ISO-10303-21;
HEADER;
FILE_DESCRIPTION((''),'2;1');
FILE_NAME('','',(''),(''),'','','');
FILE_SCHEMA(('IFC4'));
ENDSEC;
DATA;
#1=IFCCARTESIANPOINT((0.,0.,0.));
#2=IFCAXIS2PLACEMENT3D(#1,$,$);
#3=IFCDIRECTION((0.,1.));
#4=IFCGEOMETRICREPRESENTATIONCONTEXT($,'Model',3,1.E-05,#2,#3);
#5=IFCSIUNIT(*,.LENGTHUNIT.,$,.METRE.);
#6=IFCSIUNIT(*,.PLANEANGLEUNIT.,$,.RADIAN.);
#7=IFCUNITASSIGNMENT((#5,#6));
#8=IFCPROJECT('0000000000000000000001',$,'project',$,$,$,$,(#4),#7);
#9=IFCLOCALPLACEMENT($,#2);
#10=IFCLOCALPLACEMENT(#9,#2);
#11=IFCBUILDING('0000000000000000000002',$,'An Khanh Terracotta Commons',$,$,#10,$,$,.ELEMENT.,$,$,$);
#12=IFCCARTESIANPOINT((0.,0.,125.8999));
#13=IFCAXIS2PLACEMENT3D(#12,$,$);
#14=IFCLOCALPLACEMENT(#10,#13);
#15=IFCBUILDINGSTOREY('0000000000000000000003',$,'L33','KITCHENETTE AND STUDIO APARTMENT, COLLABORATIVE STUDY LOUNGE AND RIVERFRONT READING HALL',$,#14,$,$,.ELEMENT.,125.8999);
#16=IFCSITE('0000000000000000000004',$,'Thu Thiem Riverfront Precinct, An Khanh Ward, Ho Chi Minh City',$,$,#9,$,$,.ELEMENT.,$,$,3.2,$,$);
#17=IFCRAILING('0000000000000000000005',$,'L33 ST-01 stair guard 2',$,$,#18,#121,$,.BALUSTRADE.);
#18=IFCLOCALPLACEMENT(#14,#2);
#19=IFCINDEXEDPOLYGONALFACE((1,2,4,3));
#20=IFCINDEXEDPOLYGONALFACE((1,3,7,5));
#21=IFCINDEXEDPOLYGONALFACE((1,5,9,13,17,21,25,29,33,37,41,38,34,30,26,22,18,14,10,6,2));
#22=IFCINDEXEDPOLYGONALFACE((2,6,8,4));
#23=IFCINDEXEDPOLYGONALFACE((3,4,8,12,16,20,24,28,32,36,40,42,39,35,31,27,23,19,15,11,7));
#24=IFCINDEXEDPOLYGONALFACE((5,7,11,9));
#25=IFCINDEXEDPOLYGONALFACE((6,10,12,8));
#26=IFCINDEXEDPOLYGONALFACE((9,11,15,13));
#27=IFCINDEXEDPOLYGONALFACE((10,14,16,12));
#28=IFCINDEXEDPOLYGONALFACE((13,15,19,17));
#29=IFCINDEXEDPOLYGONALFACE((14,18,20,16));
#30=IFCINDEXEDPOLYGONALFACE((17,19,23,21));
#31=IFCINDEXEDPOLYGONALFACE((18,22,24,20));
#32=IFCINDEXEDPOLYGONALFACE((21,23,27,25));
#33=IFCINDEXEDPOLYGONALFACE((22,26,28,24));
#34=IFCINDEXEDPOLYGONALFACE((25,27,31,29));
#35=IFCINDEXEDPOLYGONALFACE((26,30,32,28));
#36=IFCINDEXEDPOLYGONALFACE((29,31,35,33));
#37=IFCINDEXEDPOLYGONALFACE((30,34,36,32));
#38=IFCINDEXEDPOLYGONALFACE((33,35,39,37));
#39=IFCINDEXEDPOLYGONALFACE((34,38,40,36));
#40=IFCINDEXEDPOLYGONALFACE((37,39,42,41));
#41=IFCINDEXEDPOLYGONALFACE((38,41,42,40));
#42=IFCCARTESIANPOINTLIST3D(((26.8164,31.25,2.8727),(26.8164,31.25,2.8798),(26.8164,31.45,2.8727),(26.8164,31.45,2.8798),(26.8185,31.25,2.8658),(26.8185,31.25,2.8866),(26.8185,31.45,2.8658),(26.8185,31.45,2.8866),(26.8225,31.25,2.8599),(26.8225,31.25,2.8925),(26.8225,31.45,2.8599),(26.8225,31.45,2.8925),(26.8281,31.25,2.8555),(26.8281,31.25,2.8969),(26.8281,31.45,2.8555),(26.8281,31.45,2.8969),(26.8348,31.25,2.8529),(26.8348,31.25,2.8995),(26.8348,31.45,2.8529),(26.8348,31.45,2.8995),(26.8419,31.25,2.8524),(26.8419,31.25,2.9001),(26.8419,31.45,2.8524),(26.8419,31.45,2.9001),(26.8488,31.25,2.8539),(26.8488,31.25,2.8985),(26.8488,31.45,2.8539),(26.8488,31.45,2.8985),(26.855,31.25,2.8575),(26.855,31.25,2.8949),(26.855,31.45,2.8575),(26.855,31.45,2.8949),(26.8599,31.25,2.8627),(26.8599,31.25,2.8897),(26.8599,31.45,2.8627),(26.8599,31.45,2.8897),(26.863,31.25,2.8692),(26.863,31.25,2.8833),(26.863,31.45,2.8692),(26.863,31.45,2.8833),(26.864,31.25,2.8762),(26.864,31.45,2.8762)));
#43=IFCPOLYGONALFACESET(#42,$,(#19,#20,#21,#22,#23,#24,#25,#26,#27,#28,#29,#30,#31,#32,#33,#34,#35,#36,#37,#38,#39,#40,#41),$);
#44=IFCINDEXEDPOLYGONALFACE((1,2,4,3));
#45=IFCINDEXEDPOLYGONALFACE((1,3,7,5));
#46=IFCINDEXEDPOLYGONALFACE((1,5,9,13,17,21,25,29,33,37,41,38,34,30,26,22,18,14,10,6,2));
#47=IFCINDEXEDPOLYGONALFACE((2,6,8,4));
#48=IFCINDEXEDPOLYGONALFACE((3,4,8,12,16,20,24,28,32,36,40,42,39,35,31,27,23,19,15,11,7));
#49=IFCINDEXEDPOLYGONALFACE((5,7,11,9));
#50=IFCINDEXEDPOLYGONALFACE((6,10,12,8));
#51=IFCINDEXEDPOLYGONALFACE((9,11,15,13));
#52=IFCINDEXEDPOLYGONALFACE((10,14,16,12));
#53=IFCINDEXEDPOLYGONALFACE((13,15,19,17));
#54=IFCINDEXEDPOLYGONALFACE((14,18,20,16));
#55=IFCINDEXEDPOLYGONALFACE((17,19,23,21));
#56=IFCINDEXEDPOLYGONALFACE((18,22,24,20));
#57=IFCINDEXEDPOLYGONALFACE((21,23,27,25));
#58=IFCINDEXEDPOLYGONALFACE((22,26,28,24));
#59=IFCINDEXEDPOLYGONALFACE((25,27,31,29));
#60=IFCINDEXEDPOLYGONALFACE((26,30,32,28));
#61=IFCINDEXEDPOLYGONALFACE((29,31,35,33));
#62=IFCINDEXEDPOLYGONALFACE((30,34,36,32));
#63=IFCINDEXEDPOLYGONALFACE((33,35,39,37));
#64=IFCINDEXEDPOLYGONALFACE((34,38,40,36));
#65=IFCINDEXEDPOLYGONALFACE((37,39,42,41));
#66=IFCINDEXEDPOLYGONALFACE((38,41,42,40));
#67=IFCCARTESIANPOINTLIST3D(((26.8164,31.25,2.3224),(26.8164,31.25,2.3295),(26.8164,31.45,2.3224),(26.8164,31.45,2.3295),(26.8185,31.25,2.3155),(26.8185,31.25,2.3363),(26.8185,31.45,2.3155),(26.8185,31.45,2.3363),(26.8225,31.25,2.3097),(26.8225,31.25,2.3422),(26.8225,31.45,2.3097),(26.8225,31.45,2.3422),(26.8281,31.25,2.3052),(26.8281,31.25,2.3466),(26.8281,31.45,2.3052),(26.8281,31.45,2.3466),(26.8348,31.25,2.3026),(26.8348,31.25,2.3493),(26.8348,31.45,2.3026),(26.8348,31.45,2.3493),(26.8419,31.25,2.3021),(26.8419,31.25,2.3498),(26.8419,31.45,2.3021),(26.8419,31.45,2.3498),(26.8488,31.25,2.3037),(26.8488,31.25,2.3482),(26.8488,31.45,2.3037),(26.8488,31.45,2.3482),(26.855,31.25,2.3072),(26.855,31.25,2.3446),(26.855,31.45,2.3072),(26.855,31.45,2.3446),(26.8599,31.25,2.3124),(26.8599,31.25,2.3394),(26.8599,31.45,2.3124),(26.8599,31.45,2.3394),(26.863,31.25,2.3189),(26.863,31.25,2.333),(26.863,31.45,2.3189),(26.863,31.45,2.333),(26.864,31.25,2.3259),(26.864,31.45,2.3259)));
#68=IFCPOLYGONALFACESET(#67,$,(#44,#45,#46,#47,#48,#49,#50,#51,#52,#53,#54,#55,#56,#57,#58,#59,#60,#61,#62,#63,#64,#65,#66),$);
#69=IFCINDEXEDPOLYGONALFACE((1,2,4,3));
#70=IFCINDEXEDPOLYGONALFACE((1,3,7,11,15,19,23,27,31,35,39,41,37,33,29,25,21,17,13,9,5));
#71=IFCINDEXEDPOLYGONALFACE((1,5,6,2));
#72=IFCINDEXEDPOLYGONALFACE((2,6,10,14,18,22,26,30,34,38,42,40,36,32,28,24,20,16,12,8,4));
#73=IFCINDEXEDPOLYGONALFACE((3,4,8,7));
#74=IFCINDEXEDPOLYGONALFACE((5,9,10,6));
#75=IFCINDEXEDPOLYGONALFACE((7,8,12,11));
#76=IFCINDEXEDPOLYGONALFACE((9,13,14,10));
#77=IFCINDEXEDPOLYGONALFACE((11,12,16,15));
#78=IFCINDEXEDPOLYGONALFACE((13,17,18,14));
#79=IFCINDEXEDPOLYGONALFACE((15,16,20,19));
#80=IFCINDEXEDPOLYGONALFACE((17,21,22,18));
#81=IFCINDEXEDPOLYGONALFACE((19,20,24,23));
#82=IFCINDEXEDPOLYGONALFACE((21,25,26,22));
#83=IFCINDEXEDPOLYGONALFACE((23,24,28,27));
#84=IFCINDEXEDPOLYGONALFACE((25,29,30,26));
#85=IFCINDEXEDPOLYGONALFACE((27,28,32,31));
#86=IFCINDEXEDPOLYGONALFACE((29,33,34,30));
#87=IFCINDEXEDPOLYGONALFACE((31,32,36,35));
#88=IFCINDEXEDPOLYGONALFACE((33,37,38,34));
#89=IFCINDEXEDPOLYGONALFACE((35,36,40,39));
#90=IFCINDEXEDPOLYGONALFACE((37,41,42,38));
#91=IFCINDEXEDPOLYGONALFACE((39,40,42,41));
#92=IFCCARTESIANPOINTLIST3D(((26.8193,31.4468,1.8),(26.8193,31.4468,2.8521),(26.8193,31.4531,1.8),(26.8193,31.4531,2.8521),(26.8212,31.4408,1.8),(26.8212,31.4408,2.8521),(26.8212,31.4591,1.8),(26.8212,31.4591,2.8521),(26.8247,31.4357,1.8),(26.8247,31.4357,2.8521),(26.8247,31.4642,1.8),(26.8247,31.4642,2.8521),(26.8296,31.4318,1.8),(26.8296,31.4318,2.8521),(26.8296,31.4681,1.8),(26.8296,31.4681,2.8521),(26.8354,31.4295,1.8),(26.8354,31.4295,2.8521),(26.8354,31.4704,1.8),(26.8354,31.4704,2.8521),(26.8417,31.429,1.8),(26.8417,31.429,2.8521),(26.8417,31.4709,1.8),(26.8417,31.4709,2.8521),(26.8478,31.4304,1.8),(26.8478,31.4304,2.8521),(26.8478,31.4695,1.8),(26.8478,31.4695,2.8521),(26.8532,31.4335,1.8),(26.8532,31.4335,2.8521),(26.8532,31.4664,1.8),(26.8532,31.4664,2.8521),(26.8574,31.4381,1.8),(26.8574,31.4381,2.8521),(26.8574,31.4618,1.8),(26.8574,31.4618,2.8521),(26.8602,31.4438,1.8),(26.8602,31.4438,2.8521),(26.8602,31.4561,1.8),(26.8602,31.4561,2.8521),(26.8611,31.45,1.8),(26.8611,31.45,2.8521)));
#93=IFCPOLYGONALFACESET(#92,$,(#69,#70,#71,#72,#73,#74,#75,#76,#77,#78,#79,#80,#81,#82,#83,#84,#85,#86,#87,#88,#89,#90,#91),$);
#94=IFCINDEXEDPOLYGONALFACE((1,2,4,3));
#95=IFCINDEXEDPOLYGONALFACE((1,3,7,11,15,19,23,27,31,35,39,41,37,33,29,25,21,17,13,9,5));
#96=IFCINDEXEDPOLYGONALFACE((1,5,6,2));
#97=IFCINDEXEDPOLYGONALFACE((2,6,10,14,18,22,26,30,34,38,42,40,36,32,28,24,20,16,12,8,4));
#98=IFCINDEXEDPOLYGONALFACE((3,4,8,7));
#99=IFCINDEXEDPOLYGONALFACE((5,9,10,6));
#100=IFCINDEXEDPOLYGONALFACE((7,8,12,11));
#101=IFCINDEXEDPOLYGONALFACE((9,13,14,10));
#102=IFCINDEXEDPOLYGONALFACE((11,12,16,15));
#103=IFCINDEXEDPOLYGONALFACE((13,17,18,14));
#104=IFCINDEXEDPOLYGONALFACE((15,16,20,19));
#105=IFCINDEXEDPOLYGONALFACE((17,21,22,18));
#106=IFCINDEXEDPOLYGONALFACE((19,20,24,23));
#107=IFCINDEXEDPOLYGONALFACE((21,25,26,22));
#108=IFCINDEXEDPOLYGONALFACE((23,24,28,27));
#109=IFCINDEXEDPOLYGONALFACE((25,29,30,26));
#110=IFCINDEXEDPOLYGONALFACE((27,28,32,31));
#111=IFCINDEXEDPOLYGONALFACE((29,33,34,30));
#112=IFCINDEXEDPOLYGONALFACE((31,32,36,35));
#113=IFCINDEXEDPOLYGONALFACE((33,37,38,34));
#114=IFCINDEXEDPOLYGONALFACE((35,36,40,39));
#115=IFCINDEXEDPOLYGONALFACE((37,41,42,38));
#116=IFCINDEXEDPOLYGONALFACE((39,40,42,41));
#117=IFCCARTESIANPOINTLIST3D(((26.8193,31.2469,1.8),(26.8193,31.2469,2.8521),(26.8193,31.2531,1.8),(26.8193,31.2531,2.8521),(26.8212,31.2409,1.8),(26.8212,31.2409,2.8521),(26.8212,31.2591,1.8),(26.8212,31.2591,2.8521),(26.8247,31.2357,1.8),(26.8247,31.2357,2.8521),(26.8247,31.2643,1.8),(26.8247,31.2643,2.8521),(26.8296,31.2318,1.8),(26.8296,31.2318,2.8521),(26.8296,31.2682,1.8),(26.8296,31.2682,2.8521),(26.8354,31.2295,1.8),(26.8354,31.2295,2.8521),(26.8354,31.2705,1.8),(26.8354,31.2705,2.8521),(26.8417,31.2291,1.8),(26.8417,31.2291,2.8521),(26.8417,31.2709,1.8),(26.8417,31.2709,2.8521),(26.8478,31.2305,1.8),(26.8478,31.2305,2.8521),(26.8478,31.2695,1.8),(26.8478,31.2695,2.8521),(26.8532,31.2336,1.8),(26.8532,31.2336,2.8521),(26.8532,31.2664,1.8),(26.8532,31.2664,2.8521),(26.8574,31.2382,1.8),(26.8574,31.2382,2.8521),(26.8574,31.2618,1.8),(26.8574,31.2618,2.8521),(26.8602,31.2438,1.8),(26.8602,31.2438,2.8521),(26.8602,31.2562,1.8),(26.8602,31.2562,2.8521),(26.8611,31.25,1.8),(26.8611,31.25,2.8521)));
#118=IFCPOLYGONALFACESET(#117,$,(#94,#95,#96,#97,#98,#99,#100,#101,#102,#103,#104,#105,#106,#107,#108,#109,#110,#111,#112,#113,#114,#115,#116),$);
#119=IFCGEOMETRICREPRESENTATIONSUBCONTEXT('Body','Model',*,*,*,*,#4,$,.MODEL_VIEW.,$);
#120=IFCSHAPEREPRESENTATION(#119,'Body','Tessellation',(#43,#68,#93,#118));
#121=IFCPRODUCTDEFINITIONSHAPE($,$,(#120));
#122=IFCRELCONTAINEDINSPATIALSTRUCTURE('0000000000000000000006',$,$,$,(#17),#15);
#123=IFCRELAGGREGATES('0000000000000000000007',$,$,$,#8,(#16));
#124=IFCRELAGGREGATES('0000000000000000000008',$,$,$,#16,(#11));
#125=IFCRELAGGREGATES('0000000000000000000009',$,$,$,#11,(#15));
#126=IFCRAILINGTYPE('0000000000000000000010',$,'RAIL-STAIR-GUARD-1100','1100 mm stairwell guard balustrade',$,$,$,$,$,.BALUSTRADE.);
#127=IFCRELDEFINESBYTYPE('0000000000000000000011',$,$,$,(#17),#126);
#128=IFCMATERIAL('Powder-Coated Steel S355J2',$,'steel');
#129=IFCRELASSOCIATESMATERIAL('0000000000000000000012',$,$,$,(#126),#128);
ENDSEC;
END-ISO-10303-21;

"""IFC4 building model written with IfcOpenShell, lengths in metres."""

from ifc_helpers import new_model, si_unit, direction, frame, origin, origin_2d, place, context, subcontext, project, spatial, circle, extrude, material, type_object, element, save


model = new_model("IFC4")

# Units and contexts
model_context = context("Model", 3, precision=1e-05, world=origin(), true_north=direction((0.0, 1.0)))
body_context = subcontext(model_context, "Body", "Model", "MODEL_VIEW")
ifc_project = project(units=[si_unit("LENGTHUNIT", "METRE"), si_unit("PLANEANGLEUNIT", "RADIAN")], contexts=[model_context])

# Site, building, storey
site_placement = place(None, origin())
site = spatial("IfcSite", under=ifc_project, at=site_placement, Name="Thu Thiem Riverfront Precinct, An Khanh Ward, Ho Chi Minh City", CompositionType="ELEMENT", RefElevation=3.2)
building_placement = place(site_placement, origin())
building = spatial("IfcBuilding", under=site, at=building_placement, Name="An Khanh Terracotta Commons", CompositionType="ELEMENT")
storey_placement = place(building_placement, frame((0.0, 0.0, 125.8999)))
storey = spatial("IfcBuildingStorey", under=building, at=storey_placement, Name="L33", Description="KITCHENETTE AND STUDIO APARTMENT, COLLABORATIVE STUDY LOUNGE AND RIVERFRONT READING HALL", CompositionType="ELEMENT", Elevation=125.8999)

# Railing
ifc_material_1 = material(Name="Powder-Coated Steel S355J2", Category="steel")
railing_type_1 = type_object("IfcRailingType", Name="RAIL-STAIR-GUARD-1100", Description="1100 mm stairwell guard balustrade", PredefinedType="BALUSTRADE", material=ifc_material_1)
railing_1_placement = place(storey_placement, frame((26.8401, 31.45, 1.8)))
element("IfcRailing", 1, at=railing_1_placement, inside=storey, type_object=railing_type_1, Name="L33 ST-01 stair guard 2", PredefinedType="BALUSTRADE", context=body_context, shape_type="SweptSolid", body=[
    extrude(circle(Radius=0.0239, at=origin_2d()), frame((0.0, 0.0, 1.0762), z_axis=(0.0, -1.0, 0.0), x_axis=(1.0, 0.0, 0.0)), (0.0, 0.0, 1.0), 0.2),
    extrude(circle(Radius=0.0239, at=origin_2d()), frame((0.0, 0.0, 0.5259), z_axis=(0.0, -1.0, 0.0), x_axis=(1.0, 0.0, 0.0)), (0.0, 0.0, 1.0), 0.2),
    extrude(circle(Radius=0.021, at=origin_2d()), origin(), (0.0, 0.0, 1.0), 1.052),
    extrude(circle(Radius=0.021, at=origin_2d()), frame((0.0, -0.2, 0.0)), (0.0, 0.0, 1.0), 1.052),
])

save(model, "model.ifc")
